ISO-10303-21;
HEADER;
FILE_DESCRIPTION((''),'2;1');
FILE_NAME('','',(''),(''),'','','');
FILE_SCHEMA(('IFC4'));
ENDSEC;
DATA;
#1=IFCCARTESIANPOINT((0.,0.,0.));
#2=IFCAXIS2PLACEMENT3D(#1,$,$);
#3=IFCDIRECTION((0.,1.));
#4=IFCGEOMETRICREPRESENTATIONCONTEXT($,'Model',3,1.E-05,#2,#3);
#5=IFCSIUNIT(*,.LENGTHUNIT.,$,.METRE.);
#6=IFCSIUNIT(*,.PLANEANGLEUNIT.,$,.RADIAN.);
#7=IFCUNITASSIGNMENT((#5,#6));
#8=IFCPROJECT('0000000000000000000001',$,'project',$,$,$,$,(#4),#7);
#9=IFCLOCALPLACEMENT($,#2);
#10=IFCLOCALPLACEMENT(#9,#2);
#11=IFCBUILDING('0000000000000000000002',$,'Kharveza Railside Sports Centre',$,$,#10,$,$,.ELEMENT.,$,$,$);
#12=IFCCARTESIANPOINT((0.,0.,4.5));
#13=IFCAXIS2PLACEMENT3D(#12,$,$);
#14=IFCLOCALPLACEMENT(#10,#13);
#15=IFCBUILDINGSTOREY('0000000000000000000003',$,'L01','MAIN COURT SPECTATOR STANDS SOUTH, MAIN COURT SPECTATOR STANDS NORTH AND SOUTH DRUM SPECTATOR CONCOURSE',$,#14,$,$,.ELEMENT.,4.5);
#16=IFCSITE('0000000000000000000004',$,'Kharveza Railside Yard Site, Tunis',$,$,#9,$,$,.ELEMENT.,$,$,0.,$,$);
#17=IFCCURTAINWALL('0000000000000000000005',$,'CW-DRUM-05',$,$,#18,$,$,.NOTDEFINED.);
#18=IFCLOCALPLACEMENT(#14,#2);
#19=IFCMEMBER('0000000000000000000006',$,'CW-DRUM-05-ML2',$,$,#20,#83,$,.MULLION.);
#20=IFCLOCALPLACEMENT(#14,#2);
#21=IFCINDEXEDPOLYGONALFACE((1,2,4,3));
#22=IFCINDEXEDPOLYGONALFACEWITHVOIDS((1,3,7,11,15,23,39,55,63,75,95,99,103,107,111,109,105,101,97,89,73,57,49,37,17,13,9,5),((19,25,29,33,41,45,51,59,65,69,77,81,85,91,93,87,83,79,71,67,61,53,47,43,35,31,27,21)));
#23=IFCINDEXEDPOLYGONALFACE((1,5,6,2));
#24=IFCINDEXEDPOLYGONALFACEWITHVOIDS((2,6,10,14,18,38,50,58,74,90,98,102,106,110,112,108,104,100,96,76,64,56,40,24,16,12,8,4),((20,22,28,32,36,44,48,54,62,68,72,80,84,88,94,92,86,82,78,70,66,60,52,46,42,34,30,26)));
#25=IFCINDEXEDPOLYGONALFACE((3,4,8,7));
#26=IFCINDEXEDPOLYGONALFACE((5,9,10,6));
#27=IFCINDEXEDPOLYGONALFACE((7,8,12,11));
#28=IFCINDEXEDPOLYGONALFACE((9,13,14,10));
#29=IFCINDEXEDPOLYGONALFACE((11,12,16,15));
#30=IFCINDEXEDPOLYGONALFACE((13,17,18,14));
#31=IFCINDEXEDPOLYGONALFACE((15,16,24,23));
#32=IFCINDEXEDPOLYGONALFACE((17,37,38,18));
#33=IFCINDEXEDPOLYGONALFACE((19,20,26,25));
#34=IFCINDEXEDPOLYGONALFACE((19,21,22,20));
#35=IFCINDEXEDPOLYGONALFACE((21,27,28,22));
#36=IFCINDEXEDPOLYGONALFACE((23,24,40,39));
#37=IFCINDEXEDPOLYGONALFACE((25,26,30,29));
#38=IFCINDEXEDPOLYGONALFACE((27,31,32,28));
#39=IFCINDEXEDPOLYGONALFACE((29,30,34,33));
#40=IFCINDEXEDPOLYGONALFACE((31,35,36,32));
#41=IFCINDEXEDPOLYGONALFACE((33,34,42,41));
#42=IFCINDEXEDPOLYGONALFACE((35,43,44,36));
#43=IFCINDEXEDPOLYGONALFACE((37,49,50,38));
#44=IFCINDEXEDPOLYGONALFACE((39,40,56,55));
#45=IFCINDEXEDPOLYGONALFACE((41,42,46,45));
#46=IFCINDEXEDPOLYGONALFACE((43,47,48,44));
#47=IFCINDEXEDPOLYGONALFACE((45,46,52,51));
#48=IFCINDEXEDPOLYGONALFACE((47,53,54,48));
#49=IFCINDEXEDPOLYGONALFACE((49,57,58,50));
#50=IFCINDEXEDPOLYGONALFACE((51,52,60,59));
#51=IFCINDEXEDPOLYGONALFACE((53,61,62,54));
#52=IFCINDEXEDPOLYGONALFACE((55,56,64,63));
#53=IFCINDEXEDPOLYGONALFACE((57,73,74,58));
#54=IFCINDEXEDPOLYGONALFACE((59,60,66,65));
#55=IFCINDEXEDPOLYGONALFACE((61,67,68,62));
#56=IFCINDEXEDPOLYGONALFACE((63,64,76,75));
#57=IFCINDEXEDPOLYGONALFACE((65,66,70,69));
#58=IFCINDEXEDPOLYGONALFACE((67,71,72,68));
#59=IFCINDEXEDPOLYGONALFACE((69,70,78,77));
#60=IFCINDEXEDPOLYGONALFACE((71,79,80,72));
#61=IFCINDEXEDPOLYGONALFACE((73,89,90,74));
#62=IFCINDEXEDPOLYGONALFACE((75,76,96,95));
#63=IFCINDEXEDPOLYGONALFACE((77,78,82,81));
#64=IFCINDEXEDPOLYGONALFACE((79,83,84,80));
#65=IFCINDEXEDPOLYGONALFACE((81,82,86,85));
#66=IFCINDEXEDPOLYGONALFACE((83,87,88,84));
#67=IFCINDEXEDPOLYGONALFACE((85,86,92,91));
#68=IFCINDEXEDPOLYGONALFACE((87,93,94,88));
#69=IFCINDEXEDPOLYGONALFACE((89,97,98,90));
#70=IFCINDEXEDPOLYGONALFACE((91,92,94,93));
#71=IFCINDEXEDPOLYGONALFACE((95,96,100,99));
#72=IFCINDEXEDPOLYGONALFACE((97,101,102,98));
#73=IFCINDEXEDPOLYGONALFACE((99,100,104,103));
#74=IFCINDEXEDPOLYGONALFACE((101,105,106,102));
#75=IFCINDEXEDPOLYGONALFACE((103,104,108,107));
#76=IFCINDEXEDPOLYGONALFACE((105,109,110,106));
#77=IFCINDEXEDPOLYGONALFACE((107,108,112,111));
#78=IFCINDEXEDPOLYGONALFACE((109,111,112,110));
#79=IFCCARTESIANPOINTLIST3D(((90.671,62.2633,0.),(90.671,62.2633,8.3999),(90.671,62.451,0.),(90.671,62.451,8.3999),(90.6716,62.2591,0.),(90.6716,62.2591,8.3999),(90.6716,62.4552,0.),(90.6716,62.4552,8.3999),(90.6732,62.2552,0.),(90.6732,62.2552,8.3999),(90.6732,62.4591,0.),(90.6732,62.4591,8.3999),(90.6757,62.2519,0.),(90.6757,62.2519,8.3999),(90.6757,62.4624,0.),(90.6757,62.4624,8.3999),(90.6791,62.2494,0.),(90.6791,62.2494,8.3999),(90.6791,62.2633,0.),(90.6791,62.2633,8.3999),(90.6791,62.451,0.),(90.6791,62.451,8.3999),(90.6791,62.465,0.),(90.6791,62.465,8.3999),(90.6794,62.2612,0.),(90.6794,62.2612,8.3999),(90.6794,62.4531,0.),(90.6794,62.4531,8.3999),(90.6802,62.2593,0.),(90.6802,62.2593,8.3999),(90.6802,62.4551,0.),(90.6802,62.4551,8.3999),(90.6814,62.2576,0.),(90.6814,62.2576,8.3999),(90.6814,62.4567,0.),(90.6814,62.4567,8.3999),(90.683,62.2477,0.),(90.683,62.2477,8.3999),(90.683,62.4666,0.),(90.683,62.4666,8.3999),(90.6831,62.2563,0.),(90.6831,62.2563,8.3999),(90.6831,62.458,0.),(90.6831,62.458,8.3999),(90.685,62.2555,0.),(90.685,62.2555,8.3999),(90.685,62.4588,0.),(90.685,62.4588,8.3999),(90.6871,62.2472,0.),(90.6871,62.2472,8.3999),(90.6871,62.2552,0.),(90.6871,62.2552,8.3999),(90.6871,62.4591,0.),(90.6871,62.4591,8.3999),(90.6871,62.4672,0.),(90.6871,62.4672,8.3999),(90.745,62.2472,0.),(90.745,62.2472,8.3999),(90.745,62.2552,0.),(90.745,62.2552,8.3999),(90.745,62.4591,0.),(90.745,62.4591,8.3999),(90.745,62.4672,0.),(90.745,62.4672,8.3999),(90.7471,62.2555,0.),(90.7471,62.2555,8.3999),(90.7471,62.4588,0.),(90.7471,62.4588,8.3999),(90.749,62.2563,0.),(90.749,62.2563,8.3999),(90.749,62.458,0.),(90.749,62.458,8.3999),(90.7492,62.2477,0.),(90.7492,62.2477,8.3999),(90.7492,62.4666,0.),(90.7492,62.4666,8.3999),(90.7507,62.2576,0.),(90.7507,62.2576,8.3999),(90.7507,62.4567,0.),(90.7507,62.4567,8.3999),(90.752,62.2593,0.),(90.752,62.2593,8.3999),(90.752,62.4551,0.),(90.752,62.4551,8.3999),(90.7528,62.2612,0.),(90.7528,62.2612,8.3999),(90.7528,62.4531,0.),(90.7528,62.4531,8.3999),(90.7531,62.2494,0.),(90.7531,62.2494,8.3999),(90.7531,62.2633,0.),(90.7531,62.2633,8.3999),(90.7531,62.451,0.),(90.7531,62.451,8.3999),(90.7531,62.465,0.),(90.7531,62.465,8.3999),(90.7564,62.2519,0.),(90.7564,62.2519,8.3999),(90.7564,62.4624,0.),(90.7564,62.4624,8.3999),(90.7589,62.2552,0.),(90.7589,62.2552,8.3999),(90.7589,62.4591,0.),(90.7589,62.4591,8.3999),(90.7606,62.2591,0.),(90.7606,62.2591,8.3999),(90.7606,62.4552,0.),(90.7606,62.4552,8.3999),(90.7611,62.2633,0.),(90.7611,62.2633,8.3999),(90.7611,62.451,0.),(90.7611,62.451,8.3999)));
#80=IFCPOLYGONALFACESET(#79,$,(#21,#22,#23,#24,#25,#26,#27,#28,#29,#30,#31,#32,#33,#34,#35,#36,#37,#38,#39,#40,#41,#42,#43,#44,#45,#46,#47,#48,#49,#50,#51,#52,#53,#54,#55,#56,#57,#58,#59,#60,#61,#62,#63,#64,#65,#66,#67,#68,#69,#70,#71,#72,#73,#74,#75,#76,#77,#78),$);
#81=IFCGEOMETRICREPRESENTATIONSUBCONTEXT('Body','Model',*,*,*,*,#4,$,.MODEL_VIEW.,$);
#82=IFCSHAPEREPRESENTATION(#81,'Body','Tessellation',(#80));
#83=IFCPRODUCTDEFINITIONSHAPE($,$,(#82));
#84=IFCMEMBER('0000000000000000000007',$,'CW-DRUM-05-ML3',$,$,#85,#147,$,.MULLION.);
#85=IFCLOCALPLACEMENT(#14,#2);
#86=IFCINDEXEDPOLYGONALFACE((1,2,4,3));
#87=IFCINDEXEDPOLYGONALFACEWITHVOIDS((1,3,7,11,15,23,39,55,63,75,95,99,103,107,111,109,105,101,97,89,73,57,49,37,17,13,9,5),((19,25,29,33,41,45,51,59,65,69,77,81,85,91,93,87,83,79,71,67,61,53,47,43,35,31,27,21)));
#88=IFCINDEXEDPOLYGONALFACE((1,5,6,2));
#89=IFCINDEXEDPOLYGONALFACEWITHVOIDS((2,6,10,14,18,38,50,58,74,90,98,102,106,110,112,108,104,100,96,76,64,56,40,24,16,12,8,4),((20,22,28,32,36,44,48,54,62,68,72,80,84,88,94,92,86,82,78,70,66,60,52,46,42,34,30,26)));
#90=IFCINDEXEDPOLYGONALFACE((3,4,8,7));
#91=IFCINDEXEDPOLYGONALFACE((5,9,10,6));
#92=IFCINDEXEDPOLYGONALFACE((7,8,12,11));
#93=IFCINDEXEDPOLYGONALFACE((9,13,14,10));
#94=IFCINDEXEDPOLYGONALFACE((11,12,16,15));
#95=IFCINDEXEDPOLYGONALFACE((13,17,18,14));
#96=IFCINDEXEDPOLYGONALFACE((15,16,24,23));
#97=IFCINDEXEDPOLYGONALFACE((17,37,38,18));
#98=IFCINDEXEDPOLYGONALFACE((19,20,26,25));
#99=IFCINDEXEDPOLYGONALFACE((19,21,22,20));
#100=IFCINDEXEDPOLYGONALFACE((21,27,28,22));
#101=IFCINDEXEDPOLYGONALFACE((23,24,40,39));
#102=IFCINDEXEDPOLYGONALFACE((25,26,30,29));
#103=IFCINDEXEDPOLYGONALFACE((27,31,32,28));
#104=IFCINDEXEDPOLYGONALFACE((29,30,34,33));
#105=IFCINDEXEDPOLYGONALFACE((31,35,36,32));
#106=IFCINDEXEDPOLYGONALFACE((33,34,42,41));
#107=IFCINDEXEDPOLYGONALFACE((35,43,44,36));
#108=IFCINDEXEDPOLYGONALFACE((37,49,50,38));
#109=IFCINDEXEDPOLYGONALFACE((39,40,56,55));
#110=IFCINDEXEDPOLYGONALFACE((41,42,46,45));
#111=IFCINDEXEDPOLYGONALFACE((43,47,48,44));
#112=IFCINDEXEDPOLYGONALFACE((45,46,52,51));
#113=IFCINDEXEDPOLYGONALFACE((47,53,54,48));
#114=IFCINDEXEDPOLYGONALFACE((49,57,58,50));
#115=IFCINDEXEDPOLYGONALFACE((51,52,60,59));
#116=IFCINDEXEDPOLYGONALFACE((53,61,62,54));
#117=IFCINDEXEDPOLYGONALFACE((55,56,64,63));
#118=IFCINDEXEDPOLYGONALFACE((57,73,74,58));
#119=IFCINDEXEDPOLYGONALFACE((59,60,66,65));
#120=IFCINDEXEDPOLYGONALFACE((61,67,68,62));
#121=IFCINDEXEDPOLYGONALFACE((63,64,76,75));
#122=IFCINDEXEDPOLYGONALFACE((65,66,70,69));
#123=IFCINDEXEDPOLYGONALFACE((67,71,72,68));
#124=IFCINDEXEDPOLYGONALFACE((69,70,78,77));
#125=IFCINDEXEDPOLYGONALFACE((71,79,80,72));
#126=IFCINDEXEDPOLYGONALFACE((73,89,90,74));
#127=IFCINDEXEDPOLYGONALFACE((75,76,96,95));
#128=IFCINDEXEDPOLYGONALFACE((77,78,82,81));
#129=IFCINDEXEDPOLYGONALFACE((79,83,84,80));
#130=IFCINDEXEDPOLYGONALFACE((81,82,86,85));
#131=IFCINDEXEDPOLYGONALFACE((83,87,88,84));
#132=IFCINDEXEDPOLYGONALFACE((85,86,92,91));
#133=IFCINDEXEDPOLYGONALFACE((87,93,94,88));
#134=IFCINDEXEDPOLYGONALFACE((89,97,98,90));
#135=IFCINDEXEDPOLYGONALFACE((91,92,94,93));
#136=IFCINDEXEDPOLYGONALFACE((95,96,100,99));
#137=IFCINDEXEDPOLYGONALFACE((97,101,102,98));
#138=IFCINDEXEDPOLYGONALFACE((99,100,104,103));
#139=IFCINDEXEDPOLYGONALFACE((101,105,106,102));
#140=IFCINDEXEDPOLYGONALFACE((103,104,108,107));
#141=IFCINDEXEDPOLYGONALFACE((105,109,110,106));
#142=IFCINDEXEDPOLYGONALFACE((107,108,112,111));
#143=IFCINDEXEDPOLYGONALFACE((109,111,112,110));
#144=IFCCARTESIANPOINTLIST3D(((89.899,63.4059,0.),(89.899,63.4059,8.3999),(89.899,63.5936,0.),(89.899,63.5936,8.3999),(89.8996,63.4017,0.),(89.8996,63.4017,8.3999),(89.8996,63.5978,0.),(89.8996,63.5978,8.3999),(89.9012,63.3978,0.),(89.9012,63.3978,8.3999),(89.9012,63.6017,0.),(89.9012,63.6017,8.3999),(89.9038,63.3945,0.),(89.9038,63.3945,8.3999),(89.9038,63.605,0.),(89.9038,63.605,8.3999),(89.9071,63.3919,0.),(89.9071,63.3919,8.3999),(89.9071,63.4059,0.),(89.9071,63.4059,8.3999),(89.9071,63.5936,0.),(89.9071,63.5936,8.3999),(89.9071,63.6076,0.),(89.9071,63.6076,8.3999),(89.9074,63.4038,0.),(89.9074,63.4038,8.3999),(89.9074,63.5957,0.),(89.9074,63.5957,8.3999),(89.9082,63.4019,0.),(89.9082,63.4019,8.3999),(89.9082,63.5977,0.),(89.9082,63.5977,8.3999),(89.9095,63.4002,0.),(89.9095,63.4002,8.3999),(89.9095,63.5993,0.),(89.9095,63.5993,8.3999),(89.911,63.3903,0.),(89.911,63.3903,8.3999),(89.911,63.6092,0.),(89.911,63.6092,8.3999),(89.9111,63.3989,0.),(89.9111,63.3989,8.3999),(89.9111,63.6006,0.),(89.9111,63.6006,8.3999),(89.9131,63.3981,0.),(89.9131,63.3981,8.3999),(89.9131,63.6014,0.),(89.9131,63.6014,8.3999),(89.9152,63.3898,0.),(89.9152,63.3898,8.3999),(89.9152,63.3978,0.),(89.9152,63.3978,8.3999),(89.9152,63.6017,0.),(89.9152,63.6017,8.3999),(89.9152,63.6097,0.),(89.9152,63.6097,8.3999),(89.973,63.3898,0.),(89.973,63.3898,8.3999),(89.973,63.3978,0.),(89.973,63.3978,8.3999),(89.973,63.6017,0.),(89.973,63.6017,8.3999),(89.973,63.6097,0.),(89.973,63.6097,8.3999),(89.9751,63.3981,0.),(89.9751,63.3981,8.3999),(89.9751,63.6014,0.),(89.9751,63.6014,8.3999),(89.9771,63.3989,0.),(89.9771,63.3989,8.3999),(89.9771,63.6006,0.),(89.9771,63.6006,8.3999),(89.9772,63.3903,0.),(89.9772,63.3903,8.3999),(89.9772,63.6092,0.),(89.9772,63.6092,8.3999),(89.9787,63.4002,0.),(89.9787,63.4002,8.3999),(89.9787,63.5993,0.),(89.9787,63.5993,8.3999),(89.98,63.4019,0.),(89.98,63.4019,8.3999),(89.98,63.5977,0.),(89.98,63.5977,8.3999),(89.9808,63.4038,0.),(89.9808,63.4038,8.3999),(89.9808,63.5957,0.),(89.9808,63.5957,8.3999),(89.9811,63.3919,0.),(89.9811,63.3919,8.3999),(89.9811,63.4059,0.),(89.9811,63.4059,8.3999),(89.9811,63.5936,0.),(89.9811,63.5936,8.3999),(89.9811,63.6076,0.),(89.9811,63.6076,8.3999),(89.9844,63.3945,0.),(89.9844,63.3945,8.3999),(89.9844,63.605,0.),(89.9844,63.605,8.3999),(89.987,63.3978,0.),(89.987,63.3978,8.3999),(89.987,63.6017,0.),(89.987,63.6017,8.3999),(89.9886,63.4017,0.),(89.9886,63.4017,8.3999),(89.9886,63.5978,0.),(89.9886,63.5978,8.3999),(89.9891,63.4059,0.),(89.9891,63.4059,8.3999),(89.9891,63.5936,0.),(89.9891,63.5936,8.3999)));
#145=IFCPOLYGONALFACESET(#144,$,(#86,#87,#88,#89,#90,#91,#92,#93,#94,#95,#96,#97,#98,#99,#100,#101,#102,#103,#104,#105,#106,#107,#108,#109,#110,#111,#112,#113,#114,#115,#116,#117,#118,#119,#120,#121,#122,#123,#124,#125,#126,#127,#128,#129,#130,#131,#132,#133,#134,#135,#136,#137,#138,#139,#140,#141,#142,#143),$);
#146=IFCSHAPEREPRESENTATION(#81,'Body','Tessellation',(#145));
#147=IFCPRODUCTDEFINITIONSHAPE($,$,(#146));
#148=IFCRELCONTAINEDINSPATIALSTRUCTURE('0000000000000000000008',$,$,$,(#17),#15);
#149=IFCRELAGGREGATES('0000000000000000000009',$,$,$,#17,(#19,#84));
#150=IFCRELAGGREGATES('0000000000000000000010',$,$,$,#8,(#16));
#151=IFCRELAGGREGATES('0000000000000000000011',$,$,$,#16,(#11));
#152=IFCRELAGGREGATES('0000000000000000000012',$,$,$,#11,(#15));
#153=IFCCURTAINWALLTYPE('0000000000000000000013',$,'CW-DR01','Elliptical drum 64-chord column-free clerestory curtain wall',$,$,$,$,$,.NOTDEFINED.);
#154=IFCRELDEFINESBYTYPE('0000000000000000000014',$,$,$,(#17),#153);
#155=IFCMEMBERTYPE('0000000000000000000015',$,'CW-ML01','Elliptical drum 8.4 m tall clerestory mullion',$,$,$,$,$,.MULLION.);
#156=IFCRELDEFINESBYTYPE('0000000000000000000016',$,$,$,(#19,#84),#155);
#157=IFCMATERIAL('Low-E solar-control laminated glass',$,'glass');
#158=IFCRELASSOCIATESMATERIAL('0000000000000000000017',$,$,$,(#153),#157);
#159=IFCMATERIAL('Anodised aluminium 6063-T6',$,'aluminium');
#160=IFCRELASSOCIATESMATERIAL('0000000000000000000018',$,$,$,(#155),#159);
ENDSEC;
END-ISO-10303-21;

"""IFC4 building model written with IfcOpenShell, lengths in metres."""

from ifc_helpers import new_model, si_unit, direction, frame, origin, origin_2d, place, context, subcontext, project, spatial, hollow_rectangle, extrude, material, material_profile, profile_set, type_object, element, aggregate, save


model = new_model("IFC4")

# Units and contexts
model_context = context("Model", 3, precision=1e-05, world=origin(), true_north=direction((0.0, 1.0)))
body_context = subcontext(model_context, "Body", "Model", "MODEL_VIEW")
ifc_project = project(units=[si_unit("LENGTHUNIT", "METRE"), si_unit("PLANEANGLEUNIT", "RADIAN")], contexts=[model_context])

# Site, building, storey
site_placement = place(None, origin())
site = spatial("IfcSite", under=ifc_project, at=site_placement, Name="Kharveza Railside Yard Site, Tunis", CompositionType="ELEMENT", RefElevation=0.0)
building_placement = place(site_placement, origin())
building = spatial("IfcBuilding", under=site, at=building_placement, Name="Kharveza Railside Sports Centre", CompositionType="ELEMENT")
storey_placement = place(building_placement, frame((0.0, 0.0, 4.5)))
storey = spatial("IfcBuildingStorey", under=building, at=storey_placement, Name="L01", Description="MAIN COURT SPECTATOR STANDS SOUTH, MAIN COURT SPECTATOR STANDS NORTH AND SOUTH DRUM SPECTATOR CONCOURSE", CompositionType="ELEMENT", Elevation=4.5)

# Curtain wall, members
ifc_material_1 = material(Name="Low-E solar-control laminated glass", Category="glass")
curtain_wall_type = type_object("IfcCurtainWallType", Name="CW-DR01", Description="Elliptical drum 64-chord column-free clerestory curtain wall", PredefinedType="NOTDEFINED", material=ifc_material_1)
curtain_wall_1_placement = place(storey_placement, origin())
curtain_wall_1 = element("IfcCurtainWall", 1, at=curtain_wall_1_placement, inside=storey, type_object=curtain_wall_type, Name="CW-DRUM-05", PredefinedType="NOTDEFINED")
ifc_material_2 = material(Name="Anodised aluminium 6063-T6", Category="aluminium")
ifc_material_profile_1 = material_profile(ifc_material_2, hollow_rectangle(XDim=0.0901, YDim=0.22, WallThickness=0.0081, InnerFilletRadius=0.0081, OuterFilletRadius=0.0161, at=origin_2d()), Name="RHS 90x220x8.0")
ifc_profile_set_1 = profile_set([ifc_material_profile_1], Name="Anodised aluminium 6063-T6")
member_type_1 = type_object("IfcMemberType", Name="CW-ML01", Description="Elliptical drum 8.4 m tall clerestory mullion", PredefinedType="MULLION", material=ifc_profile_set_1)
member_1_placement = place(storey_placement, frame((90.7161, 62.3572, 0.0), z_axis=(0.0, 0.0, 1.0), x_axis=(1.0, 0.0, 0.0)))
member_1 = element("IfcMember", 2, at=member_1_placement, type_object=member_type_1, Name="CW-DRUM-05-ML2", PredefinedType="MULLION", context=body_context, shape_type="SweptSolid", body=[
    extrude(hollow_rectangle(XDim=0.0901, YDim=0.22, WallThickness=0.0081, InnerFilletRadius=0.0081, OuterFilletRadius=0.0161, at=origin_2d()), origin(), (0.0, 0.0, 1.0), 8.3999),
])
member_2_placement = place(storey_placement, frame((89.9441, 63.4998, 0.0), z_axis=(0.0, 0.0, 1.0), x_axis=(1.0, 0.0, 0.0)))
member_2 = element("IfcMember", 3, at=member_2_placement, type_object=member_type_1, Name="CW-DRUM-05-ML3", PredefinedType="MULLION", context=body_context, shape_type="SweptSolid", body=[
    extrude(hollow_rectangle(XDim=0.0901, YDim=0.22, WallThickness=0.0081, InnerFilletRadius=0.0081, OuterFilletRadius=0.0161, at=origin_2d()), origin(), (0.0, 0.0, 1.0), 8.3999),
])

aggregate(curtain_wall_1, [member_1, member_2])

save(model, "model.ifc")
